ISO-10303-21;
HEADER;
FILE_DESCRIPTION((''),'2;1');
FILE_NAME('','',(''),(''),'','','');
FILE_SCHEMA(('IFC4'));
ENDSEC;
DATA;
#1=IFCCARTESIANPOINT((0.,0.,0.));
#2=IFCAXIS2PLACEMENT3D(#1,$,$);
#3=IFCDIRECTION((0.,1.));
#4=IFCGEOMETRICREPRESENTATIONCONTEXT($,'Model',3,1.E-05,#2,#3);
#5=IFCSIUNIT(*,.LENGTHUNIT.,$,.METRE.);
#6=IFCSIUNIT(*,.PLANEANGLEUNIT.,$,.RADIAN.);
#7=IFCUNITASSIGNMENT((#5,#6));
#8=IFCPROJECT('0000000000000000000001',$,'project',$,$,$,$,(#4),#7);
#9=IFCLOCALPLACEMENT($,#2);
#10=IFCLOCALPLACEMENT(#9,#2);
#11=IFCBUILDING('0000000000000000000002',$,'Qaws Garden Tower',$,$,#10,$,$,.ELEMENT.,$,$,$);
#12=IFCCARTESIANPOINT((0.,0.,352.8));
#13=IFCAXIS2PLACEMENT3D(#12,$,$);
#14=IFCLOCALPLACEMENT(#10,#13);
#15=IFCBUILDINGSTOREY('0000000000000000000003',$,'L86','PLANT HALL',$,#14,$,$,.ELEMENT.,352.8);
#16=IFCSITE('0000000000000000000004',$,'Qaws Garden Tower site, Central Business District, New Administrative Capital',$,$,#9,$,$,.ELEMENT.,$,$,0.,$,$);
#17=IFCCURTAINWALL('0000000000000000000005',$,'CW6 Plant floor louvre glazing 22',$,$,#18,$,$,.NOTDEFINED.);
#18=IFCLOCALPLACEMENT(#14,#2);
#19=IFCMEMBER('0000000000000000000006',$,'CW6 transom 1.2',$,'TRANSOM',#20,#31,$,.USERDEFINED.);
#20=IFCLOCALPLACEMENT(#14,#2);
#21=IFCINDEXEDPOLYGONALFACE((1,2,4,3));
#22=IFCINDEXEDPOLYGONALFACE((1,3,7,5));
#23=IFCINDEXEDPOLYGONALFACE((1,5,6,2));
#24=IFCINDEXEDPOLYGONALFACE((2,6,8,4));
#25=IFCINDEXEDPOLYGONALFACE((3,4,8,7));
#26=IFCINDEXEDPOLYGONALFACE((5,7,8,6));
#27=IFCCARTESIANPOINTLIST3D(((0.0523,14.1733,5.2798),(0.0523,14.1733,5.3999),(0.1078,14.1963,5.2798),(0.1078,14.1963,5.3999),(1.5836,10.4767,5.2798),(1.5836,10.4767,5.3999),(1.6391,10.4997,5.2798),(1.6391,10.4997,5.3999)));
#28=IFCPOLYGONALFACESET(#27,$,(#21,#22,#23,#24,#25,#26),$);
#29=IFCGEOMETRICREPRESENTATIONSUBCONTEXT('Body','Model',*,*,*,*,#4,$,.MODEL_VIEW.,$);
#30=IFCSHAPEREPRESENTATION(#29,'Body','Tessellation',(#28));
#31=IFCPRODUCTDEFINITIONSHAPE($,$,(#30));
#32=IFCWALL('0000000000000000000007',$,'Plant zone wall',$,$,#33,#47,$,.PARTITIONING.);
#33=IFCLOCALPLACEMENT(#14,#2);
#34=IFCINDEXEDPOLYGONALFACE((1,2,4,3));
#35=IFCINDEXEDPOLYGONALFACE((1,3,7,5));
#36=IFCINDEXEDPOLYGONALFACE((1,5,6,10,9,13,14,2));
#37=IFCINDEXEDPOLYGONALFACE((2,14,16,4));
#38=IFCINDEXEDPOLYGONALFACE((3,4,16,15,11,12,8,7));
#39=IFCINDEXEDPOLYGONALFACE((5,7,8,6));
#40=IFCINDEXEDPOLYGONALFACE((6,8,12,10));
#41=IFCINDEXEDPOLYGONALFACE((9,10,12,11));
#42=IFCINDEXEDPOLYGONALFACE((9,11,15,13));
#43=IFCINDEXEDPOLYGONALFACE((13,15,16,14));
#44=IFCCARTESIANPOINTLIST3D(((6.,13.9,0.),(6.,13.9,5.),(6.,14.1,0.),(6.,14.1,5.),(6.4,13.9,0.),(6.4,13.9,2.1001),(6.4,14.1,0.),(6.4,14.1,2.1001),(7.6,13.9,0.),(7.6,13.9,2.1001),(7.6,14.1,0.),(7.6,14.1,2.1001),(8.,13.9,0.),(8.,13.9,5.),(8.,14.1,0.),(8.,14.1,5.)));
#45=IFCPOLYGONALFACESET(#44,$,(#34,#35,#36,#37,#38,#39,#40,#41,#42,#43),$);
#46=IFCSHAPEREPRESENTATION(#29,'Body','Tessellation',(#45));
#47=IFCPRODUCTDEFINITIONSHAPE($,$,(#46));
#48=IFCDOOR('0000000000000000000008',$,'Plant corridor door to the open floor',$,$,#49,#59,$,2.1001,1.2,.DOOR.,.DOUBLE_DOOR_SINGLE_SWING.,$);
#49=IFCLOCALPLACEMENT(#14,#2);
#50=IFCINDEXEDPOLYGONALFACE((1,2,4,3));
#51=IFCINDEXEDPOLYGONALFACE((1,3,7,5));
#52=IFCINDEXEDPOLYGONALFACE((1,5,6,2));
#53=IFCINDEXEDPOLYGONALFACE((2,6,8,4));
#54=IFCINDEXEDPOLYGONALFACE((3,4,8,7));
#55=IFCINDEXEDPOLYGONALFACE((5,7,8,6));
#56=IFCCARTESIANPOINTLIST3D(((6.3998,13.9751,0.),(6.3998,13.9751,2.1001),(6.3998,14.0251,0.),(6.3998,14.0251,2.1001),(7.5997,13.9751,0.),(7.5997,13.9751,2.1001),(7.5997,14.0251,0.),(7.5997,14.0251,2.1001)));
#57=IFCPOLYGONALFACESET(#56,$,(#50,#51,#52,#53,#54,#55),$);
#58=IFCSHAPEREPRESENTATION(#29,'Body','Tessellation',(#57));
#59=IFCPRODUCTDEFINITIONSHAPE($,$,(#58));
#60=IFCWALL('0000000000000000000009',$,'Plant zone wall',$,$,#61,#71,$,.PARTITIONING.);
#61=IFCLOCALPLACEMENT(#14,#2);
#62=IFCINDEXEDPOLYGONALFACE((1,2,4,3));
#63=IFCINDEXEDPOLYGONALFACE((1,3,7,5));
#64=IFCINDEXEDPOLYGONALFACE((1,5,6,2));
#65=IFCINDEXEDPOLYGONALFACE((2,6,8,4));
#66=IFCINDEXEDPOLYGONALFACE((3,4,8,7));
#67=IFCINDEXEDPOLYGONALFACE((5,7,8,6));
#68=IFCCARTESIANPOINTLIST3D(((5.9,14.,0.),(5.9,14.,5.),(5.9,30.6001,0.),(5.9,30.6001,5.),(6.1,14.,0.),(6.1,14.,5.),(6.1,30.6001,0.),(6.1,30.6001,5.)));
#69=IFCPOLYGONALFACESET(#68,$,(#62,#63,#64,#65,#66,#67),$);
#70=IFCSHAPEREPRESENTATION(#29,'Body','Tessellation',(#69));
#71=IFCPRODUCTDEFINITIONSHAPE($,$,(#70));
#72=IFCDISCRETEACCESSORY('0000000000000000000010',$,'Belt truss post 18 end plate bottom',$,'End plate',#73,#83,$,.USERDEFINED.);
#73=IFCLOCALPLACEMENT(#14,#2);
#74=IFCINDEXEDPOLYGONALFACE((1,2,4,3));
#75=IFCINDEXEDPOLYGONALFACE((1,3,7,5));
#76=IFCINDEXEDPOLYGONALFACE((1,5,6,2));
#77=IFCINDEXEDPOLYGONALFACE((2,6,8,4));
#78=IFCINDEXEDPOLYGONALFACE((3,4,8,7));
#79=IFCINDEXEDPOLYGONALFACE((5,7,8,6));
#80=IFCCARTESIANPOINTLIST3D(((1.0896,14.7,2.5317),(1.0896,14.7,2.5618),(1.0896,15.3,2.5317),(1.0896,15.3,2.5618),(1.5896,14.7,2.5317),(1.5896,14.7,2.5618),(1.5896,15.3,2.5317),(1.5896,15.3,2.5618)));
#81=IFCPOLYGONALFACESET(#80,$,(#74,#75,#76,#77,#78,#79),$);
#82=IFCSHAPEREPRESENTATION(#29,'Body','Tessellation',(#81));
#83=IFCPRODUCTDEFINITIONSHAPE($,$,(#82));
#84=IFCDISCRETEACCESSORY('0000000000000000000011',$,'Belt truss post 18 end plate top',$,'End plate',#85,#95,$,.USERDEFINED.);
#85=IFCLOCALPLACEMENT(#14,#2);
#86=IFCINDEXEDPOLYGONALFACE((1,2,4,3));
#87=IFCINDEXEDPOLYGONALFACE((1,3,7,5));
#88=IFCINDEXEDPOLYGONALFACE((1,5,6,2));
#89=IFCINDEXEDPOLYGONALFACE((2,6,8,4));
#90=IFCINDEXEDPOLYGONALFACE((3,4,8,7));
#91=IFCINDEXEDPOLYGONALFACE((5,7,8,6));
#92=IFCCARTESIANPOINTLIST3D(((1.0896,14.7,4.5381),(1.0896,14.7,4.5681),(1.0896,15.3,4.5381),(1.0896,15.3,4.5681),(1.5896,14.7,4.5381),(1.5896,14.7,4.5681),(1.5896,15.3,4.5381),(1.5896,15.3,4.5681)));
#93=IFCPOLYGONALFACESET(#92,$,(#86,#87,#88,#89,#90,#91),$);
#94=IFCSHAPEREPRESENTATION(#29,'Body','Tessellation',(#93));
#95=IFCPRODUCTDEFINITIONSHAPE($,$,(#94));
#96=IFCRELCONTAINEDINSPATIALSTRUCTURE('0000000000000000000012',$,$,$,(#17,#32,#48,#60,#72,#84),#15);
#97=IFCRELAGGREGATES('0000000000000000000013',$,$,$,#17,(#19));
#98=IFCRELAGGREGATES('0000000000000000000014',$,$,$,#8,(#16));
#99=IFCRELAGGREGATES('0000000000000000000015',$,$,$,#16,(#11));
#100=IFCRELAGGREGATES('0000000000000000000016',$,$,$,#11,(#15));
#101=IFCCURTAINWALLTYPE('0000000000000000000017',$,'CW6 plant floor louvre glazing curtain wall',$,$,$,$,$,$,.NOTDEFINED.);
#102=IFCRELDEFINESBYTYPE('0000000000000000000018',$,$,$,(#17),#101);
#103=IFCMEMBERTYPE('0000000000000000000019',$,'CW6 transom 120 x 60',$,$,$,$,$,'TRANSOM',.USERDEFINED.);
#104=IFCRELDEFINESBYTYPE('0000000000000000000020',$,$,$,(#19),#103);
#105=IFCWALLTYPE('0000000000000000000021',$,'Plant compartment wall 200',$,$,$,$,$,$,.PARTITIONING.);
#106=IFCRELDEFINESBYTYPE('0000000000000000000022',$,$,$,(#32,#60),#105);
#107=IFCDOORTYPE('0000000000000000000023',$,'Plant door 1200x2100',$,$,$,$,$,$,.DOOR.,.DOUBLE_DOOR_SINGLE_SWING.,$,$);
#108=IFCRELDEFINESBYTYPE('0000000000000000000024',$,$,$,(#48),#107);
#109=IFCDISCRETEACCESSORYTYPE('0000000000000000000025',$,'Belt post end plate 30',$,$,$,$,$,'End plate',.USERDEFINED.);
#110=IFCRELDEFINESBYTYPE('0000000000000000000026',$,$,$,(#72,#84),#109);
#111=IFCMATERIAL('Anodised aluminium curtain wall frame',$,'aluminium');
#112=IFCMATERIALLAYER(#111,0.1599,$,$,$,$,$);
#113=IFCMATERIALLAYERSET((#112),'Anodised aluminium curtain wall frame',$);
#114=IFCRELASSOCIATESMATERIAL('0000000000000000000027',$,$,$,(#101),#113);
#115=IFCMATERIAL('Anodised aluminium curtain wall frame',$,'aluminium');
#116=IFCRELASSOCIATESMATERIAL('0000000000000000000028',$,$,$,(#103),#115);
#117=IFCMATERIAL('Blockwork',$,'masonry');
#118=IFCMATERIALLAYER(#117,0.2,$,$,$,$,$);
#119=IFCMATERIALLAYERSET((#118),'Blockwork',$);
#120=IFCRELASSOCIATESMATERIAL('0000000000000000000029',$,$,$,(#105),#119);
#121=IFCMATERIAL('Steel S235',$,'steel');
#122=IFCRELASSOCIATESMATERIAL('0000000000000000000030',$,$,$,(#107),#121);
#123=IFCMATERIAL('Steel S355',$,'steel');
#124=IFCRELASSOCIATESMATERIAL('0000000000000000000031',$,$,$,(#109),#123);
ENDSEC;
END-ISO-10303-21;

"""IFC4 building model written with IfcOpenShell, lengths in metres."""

from ifc_helpers import new_model, si_unit, direction, frame, frame_2d, origin, origin_2d, place, context, subcontext, project, spatial, rectangle, extrude, material, layer, layer_set, material_profile, profile_set, type_object, element, fill, aggregate, save


model = new_model("IFC4")

# Units and contexts
model_context = context("Model", 3, precision=1e-05, world=origin(), true_north=direction((0.0, 1.0)))
body_context = subcontext(model_context, "Body", "Model", "MODEL_VIEW")
ifc_project = project(units=[si_unit("LENGTHUNIT", "METRE"), si_unit("PLANEANGLEUNIT", "RADIAN")], contexts=[model_context])

# Site, building, storey
site_placement = place(None, origin())
site = spatial("IfcSite", under=ifc_project, at=site_placement, Name="Qaws Garden Tower site, Central Business District, New Administrative Capital", CompositionType="ELEMENT", RefElevation=0.0)
building_placement = place(site_placement, origin())
building = spatial("IfcBuilding", under=site, at=building_placement, Name="Qaws Garden Tower", CompositionType="ELEMENT")
storey_placement = place(building_placement, frame((0.0, 0.0, 352.8)))
storey = spatial("IfcBuildingStorey", under=building, at=storey_placement, Name="L86", Description="PLANT HALL", CompositionType="ELEMENT", Elevation=352.8)

# Curtain wall
ifc_material_1 = material(Name="Anodised aluminium curtain wall frame", Category="aluminium")
ifc_layer_1 = layer(ifc_material_1, 0.1599)
ifc_layer_set_1 = layer_set([ifc_layer_1], Name="Anodised aluminium curtain wall frame")
curtain_wall_type = type_object("IfcCurtainWallType", Name="CW6 plant floor louvre glazing curtain wall", PredefinedType="NOTDEFINED", material=ifc_layer_set_1)
placement_1 = place(storey_placement, origin())
curtain_wall_1 = element("IfcCurtainWall", 1, at=placement_1, inside=storey, type_object=curtain_wall_type, Name="CW6 Plant floor louvre glazing 22", PredefinedType="NOTDEFINED")

# Member
ifc_material_2 = material(Name="Anodised aluminium curtain wall frame", Category="aluminium")
ifc_material_profile_1 = material_profile(ifc_material_2, rectangle(XDim=0.0601, YDim=0.1201, at=origin_2d()), Name="AL 60x120")
ifc_profile_set_1 = profile_set([ifc_material_profile_1], Name="Anodised aluminium curtain wall frame")
member_type_1 = type_object("IfcMemberType", Name="CW6 transom 120 x 60", ElementType="TRANSOM", PredefinedType="USERDEFINED", material=ifc_profile_set_1)
member_1_placement = place(storey_placement, frame((0.0801, 14.1848, 5.3398), z_axis=(0.382704, -0.923871, 0.0), x_axis=(0.923871, 0.382704, 0.0)))
member_1 = element("IfcMember", 2, at=member_1_placement, type_object=member_type_1, Name="CW6 transom 1.2", ObjectType="TRANSOM", PredefinedType="USERDEFINED", context=body_context, shape_type="SweptSolid", body=[
    extrude(rectangle(XDim=0.0601, YDim=0.1201, at=origin_2d()), origin(), (0.0, 0.0, 1.0), 4.0012),
])

aggregate(curtain_wall_1, [member_1])

# Wall, opening, door
ifc_material_3 = material(Name="Blockwork", Category="masonry")
ifc_layer_2 = layer(ifc_material_3, 0.2)
ifc_layer_set_2 = layer_set([ifc_layer_2], Name="Blockwork")
wall_type = type_object("IfcWallType", Name="Plant compartment wall 200", PredefinedType="PARTITIONING", material=ifc_layer_set_2)
wall_1_placement = place(storey_placement, frame((6.0, 14.0, 0.0), z_axis=(0.0, 0.0, 1.0), x_axis=(1.0, 0.0, 0.0)))
wall_1 = element("IfcWall", 3, at=wall_1_placement, inside=storey, type_object=wall_type, Name="Plant zone wall", PredefinedType="PARTITIONING", context=body_context, shape_type="SweptSolid", body=[
    extrude(rectangle(XDim=2.0, YDim=0.2, at=frame_2d((1.0, 0.0))), origin(), (0.0, 0.0, 1.0), 5.0),
])
opening_placement = place(wall_1_placement, frame((0.3999, 0.0, 0.0)))
opening = element("IfcOpeningElement", 4, at=opening_placement, cuts=wall_1, PredefinedType="OPENING", context=body_context, shape_type="SweptSolid", body=[
    extrude(rectangle(XDim=1.2, YDim=2.1001, at=frame_2d((0.6001, 1.05))), frame((0.0, 0.1099, 0.0), z_axis=(0.0, -1.0, 0.0), x_axis=(1.0, 0.0, 0.0)), (0.0, 0.0, 1.0), 0.22),
])
ifc_material_4 = material(Name="Steel S235", Category="steel")
door_type = type_object("IfcDoorType", Name="Plant door 1200x2100", OperationType="DOUBLE_DOOR_SINGLE_SWING", PredefinedType="DOOR", material=ifc_material_4)
door_placement = place(opening_placement, frame((1.2, 0.0, 0.0), z_axis=(0.0, 0.0, 1.0), x_axis=(-1.0, 0.0, 0.0)))
door = element("IfcDoor", 5, at=door_placement, inside=storey, type_object=door_type, Name="Plant corridor door to the open floor", OperationType="DOUBLE_DOOR_SINGLE_SWING", OverallHeight=2.1001, OverallWidth=1.2, PredefinedType="DOOR", context=body_context, shape_type="SweptSolid", body=[
    extrude(rectangle(XDim=1.2, YDim=2.1001, at=frame_2d((0.6001, 1.05))), frame((0.0, 0.0249, 0.0), z_axis=(0.0, -1.0, 0.0), x_axis=(1.0, 0.0, 0.0)), (0.0, 0.0, 1.0), 0.05),
])
fill(opening, door)

# Wall
wall_2_placement = place(storey_placement, frame((6.0, 14.0, 0.0), z_axis=(0.0, 0.0, 1.0), x_axis=(0.0, 1.0, 0.0)))
element("IfcWall", 6, at=wall_2_placement, inside=storey, type_object=wall_type, Name="Plant zone wall", PredefinedType="PARTITIONING", context=body_context, shape_type="SweptSolid", body=[
    extrude(rectangle(XDim=16.6001, YDim=0.2, at=frame_2d((8.3, 0.0))), origin(), (0.0, 0.0, 1.0), 5.0),
])

# Discrete accessories
ifc_material_5 = material(Name="Steel S355", Category="steel")
discrete_accessory_type = type_object("IfcDiscreteAccessoryType", Name="Belt post end plate 30", ElementType="End plate", PredefinedType="USERDEFINED", material=ifc_material_5)
for number, where, z_axis, x_axis, name in (
    (7, (1.3396, 15.0, 2.5317), (0.0, 0.0, 1.0), (1.0, 0.0, 0.0), "Belt truss post 18 end plate bottom"),
    (8, (1.3396, 15.0, 4.5381), (0.0, 0.0, 1.0), (1.0, 0.0, 0.0), "Belt truss post 18 end plate top"),
):
    element("IfcDiscreteAccessory", number, at=place(storey_placement, frame(where, z_axis=z_axis, x_axis=x_axis)), inside=storey, type_object=discrete_accessory_type, Name=name, ObjectType="End plate", PredefinedType="USERDEFINED", context=body_context, shape_type="SweptSolid", body=[
        extrude(rectangle(XDim=0.5, YDim=0.6001, at=origin_2d()), origin(), (0.0, 0.0, 1.0), 0.03),
    ])

save(model, "model.ifc")
